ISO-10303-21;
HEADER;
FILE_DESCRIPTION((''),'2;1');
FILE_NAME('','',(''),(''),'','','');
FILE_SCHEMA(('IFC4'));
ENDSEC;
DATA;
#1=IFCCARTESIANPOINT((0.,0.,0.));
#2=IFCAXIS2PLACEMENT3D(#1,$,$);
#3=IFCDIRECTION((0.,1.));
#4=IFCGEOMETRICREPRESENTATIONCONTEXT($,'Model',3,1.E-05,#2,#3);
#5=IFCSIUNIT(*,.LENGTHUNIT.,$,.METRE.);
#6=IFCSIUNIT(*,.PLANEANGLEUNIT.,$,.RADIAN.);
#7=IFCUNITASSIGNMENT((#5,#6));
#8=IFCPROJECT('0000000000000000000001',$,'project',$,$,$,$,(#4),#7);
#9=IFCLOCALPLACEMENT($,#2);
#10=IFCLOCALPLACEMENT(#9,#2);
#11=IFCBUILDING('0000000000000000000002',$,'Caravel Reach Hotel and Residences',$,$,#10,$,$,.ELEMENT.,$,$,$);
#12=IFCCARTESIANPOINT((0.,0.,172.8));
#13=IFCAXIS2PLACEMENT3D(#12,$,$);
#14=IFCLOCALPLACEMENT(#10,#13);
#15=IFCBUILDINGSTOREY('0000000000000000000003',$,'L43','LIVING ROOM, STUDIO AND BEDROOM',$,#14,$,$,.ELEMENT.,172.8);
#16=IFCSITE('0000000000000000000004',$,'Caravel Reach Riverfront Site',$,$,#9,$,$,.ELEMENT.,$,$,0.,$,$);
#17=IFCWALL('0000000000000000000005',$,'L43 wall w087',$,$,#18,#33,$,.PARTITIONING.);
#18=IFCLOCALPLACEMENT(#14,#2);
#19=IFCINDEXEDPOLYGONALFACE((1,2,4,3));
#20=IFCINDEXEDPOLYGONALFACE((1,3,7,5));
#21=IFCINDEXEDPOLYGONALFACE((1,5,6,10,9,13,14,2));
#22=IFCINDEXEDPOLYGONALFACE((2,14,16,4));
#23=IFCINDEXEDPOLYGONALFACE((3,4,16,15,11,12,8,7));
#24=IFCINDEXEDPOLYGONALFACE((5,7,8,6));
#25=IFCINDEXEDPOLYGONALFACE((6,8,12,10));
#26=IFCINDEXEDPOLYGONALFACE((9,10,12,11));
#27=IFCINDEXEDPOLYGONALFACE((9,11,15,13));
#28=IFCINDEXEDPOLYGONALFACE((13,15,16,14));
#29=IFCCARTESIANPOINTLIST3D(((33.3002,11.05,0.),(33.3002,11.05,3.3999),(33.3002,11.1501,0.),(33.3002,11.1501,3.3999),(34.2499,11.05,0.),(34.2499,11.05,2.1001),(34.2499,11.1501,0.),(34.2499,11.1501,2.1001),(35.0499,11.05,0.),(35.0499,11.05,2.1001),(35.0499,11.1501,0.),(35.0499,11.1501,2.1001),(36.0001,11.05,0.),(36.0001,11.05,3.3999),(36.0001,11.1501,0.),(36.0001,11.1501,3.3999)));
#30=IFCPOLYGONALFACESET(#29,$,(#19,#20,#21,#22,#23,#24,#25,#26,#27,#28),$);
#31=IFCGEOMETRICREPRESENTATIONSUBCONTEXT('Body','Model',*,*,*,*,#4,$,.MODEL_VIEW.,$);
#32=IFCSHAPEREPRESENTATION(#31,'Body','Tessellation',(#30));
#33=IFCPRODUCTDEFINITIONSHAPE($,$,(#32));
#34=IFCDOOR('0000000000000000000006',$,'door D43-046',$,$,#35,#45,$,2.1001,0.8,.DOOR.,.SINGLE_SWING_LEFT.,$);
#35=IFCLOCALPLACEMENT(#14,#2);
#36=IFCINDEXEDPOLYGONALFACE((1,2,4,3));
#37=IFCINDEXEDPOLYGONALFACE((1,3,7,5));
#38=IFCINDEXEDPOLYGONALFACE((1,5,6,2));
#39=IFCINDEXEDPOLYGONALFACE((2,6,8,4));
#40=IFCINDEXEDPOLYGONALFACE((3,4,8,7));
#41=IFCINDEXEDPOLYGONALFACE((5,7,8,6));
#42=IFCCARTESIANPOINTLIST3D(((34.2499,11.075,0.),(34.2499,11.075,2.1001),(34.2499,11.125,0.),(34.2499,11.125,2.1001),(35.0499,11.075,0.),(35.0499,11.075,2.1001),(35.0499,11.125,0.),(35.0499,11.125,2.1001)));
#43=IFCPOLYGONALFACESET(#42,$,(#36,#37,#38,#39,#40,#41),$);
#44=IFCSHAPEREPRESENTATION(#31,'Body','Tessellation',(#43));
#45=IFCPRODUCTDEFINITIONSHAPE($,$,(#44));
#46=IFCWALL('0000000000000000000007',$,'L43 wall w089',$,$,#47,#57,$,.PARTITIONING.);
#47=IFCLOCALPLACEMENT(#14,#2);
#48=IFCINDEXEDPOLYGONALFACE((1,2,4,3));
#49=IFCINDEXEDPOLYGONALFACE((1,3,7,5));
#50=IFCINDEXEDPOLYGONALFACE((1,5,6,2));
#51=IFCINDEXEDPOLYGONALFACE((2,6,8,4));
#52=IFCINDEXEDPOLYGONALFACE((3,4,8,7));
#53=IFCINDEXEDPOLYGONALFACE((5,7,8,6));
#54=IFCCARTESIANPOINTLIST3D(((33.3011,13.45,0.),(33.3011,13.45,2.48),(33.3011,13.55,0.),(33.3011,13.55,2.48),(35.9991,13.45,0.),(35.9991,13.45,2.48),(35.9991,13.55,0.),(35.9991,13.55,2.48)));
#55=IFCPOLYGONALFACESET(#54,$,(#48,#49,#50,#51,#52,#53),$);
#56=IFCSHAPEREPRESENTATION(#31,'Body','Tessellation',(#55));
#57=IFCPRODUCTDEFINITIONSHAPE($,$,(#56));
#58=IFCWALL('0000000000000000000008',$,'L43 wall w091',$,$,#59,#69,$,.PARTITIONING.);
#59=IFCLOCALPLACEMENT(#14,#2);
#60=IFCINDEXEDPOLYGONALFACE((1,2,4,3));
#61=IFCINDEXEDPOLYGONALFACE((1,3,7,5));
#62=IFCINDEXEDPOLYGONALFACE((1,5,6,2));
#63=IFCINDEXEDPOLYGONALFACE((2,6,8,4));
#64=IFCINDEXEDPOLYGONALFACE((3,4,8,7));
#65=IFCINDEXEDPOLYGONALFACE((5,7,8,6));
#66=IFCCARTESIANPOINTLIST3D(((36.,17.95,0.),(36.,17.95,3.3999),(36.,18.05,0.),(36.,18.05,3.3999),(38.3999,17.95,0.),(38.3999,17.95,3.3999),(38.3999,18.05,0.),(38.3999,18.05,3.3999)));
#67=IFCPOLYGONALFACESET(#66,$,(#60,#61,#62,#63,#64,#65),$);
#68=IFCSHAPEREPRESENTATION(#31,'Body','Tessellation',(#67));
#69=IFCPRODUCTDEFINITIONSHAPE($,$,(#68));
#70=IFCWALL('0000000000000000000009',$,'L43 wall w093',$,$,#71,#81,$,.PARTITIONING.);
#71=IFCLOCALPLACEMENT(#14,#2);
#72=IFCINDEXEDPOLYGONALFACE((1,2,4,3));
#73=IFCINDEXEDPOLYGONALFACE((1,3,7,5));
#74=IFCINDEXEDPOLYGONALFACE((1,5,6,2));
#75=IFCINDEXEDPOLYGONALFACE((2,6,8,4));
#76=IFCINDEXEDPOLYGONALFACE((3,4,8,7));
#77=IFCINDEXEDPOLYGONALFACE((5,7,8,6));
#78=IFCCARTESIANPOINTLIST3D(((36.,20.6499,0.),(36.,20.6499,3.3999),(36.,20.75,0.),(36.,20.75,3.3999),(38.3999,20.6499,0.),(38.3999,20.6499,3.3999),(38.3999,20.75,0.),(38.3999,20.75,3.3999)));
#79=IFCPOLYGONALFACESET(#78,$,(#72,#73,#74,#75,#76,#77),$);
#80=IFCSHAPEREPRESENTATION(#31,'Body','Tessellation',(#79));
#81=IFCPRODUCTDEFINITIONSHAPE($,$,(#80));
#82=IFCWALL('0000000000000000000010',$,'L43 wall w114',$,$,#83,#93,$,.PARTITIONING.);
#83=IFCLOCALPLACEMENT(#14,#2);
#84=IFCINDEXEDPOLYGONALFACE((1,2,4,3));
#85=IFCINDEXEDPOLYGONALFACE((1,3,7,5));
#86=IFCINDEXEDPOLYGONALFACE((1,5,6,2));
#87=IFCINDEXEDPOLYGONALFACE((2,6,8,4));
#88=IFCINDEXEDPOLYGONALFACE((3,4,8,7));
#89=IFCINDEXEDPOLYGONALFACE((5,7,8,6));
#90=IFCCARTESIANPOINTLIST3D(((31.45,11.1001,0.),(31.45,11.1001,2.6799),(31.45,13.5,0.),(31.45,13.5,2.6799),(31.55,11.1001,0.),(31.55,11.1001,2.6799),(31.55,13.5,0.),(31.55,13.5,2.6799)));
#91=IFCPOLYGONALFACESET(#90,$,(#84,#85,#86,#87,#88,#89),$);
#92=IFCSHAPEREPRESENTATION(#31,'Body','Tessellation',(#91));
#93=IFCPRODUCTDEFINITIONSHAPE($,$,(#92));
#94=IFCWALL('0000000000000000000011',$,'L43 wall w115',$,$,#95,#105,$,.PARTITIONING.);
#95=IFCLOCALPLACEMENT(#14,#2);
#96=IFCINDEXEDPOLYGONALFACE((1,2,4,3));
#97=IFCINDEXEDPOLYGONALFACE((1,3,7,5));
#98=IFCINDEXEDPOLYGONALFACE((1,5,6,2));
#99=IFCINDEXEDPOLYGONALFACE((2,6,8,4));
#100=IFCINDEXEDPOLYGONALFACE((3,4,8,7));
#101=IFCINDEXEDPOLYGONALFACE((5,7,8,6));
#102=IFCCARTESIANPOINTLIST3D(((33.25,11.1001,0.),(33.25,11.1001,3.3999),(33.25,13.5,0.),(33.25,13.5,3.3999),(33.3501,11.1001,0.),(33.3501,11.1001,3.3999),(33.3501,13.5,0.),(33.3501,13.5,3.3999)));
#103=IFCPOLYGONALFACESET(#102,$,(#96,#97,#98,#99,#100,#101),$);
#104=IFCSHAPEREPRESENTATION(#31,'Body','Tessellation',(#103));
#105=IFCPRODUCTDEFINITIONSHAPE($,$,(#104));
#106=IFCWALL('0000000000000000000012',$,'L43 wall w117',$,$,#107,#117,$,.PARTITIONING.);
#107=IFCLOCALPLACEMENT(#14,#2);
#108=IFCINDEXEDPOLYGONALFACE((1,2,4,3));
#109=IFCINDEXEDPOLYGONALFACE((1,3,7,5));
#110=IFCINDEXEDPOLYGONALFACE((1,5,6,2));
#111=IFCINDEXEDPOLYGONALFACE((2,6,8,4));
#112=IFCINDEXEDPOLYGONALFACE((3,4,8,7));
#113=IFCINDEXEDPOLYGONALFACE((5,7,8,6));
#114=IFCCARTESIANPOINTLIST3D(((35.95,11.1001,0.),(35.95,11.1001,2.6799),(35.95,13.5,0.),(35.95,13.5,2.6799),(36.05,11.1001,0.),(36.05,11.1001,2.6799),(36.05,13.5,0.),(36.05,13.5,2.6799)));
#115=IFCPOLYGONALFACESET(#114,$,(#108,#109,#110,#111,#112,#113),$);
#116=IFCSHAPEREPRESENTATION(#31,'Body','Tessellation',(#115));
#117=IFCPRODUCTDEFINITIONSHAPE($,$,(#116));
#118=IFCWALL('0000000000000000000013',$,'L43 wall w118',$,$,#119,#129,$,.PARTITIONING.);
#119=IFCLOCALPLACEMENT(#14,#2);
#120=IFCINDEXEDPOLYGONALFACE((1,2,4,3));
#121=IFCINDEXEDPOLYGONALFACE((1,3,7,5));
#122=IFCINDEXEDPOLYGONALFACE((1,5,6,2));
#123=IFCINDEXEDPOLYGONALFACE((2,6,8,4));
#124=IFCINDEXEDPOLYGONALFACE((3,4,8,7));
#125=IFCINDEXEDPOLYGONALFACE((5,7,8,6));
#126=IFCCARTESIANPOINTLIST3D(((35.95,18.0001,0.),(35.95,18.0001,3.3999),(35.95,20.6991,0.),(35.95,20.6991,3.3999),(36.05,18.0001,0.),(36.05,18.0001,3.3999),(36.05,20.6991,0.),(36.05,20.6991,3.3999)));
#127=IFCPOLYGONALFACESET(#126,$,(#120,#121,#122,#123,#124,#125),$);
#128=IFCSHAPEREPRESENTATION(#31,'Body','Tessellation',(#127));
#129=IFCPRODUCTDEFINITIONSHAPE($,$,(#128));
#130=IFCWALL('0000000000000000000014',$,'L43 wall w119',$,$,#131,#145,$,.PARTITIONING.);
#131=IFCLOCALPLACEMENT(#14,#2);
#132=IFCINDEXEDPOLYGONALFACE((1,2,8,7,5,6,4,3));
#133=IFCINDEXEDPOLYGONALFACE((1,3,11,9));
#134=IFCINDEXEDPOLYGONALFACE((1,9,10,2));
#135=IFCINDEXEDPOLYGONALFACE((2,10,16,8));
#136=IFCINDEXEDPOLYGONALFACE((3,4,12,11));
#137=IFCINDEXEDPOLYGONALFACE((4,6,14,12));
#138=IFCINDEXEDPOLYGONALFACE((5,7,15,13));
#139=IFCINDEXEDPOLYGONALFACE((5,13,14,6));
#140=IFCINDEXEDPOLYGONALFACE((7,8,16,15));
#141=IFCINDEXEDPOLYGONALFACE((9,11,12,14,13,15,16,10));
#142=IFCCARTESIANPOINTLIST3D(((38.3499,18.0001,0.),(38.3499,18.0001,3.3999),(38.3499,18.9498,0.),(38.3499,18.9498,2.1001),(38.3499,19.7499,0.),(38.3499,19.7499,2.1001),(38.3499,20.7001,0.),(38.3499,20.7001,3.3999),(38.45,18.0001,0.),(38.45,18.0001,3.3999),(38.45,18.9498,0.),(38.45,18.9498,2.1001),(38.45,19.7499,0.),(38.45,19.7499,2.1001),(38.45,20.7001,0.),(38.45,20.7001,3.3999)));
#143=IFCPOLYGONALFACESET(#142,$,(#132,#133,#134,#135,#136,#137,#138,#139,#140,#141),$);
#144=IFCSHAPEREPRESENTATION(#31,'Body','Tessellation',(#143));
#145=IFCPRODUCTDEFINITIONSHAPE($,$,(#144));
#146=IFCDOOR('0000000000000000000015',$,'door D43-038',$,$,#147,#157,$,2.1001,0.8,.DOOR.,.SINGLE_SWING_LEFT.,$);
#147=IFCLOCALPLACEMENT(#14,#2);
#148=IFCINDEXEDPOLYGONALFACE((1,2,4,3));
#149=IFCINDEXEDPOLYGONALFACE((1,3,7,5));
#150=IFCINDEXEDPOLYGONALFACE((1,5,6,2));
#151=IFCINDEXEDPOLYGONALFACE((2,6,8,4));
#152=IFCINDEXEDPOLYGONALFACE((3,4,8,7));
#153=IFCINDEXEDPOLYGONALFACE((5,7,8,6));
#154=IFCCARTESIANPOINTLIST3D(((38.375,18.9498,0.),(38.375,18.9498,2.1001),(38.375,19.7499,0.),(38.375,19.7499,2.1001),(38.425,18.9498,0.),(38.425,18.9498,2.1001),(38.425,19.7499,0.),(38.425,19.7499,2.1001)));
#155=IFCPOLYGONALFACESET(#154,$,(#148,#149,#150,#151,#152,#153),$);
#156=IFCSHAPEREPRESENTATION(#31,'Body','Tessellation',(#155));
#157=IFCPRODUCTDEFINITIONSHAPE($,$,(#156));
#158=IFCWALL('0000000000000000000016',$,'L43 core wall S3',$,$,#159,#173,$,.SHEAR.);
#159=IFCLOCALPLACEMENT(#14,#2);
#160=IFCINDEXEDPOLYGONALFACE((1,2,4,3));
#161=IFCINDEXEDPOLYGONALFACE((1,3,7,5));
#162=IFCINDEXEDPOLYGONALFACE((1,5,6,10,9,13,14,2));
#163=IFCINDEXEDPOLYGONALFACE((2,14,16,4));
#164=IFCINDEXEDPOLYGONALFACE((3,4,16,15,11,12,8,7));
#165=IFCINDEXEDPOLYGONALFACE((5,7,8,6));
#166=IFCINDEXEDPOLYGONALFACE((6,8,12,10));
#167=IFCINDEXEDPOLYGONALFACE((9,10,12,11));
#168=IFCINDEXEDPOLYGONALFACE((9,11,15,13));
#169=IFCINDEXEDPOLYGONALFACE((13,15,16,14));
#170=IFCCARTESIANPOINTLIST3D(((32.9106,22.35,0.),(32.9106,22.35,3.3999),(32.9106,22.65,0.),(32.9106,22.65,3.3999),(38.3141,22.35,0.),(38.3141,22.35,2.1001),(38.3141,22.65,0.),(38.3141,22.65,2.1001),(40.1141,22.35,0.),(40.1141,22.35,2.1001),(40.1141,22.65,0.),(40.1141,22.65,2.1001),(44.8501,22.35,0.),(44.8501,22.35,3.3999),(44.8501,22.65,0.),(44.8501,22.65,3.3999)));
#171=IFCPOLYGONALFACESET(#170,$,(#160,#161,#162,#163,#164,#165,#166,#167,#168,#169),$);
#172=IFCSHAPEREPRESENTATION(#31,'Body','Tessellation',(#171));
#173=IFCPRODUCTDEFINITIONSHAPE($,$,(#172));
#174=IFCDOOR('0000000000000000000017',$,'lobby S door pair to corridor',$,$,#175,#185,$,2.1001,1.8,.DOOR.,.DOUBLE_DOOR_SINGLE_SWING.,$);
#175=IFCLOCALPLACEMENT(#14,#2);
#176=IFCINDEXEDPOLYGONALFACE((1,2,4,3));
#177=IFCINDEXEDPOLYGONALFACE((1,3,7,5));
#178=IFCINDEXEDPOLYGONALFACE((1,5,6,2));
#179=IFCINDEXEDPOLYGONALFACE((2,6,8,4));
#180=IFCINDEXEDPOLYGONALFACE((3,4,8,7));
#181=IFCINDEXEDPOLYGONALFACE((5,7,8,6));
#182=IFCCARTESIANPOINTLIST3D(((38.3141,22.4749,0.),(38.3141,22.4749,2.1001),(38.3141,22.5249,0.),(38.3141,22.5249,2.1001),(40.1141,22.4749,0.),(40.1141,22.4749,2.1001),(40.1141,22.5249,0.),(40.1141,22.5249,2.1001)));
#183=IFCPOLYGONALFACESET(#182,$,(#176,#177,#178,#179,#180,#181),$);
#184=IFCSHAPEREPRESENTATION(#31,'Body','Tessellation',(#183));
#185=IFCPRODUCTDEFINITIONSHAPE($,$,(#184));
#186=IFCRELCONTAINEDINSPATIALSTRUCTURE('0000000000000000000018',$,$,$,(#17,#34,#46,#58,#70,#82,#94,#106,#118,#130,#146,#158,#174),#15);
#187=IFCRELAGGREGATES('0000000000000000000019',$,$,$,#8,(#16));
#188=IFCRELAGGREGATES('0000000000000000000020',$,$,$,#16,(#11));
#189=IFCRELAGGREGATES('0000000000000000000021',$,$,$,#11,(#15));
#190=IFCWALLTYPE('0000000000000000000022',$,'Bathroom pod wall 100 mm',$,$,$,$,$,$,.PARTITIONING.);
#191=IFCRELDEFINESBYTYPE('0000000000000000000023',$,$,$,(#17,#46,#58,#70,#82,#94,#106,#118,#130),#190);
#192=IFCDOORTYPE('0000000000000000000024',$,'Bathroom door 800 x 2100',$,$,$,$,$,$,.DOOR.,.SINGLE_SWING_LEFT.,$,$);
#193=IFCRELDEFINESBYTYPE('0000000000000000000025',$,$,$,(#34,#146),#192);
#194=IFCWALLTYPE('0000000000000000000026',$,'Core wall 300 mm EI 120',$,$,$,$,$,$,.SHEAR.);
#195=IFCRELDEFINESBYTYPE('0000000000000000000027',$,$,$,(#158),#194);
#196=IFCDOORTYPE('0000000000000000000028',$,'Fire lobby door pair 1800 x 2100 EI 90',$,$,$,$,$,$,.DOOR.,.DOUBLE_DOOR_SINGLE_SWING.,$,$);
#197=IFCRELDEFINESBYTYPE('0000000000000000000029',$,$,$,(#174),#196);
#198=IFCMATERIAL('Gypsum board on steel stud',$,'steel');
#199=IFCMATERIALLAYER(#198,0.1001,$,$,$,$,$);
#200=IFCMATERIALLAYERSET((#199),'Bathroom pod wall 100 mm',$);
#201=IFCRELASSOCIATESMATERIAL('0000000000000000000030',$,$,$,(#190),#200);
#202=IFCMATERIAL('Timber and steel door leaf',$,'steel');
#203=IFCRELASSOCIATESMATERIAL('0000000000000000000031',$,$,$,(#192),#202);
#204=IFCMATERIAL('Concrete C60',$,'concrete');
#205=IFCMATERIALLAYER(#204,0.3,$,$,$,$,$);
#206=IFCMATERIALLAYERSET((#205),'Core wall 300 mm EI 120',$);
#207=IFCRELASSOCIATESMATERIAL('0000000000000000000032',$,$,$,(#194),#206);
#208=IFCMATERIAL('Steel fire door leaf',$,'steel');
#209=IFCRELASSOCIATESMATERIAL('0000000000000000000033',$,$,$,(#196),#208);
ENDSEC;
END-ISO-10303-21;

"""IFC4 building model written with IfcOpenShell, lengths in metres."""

from ifc_helpers import new_model, si_unit, direction, frame, frame_2d, origin, place, context, subcontext, project, spatial, rectangle, extrude, material, layer, layer_set, type_object, element, fill, save


model = new_model("IFC4")

# Units and contexts
model_context = context("Model", 3, precision=1e-05, world=origin(), true_north=direction((0.0, 1.0)))
body_context = subcontext(model_context, "Body", "Model", "MODEL_VIEW")
ifc_project = project(units=[si_unit("LENGTHUNIT", "METRE"), si_unit("PLANEANGLEUNIT", "RADIAN")], contexts=[model_context])

# Site, building, storey
site_placement = place(None, origin())
site = spatial("IfcSite", under=ifc_project, at=site_placement, Name="Caravel Reach Riverfront Site", CompositionType="ELEMENT", RefElevation=0.0)
building_placement = place(site_placement, origin())
building = spatial("IfcBuilding", under=site, at=building_placement, Name="Caravel Reach Hotel and Residences", CompositionType="ELEMENT")
storey_placement = place(building_placement, frame((0.0, 0.0, 172.8)))
storey = spatial("IfcBuildingStorey", under=building, at=storey_placement, Name="L43", Description="LIVING ROOM, STUDIO AND BEDROOM", CompositionType="ELEMENT", Elevation=172.8)

# Wall, opening, door
ifc_material_1 = material(Name="Gypsum board on steel stud", Category="steel")
ifc_layer_1 = layer(ifc_material_1, 0.1001)
ifc_layer_set_1 = layer_set([ifc_layer_1], Name="Bathroom pod wall 100 mm")
wall_type_1 = type_object("IfcWallType", Name="Bathroom pod wall 100 mm", PredefinedType="PARTITIONING", material=ifc_layer_set_1)
wall_1_placement = place(storey_placement, frame((33.3, 11.1001, 0.0), z_axis=(0.0, 0.0, 1.0), x_axis=(1.0, 0.0, 0.0)))
wall_1 = element("IfcWall", 1, at=wall_1_placement, inside=storey, type_object=wall_type_1, Name="L43 wall w087", PredefinedType="PARTITIONING", context=body_context, shape_type="SweptSolid", body=[
    extrude(rectangle(XDim=2.7, YDim=0.1001, at=frame_2d((1.3501, 0.0))), origin(), (0.0, 0.0, 1.0), 3.3999),
])
opening_1_placement = place(wall_1_placement, frame((0.95, 0.0, 0.0)))
opening_1 = element("IfcOpeningElement", 2, at=opening_1_placement, cuts=wall_1, PredefinedType="OPENING", context=body_context, shape_type="SweptSolid", body=[
    extrude(rectangle(XDim=0.8, YDim=2.1001, at=frame_2d((0.3999, 1.05))), frame((0.0, 0.0601, 0.0), z_axis=(0.0, -1.0, 0.0), x_axis=(1.0, 0.0, 0.0)), (0.0, 0.0, 1.0), 0.1201),
])
ifc_material_2 = material(Name="Timber and steel door leaf", Category="steel")
door_type_1 = type_object("IfcDoorType", Name="Bathroom door 800 x 2100", OperationType="SINGLE_SWING_LEFT", PredefinedType="DOOR", material=ifc_material_2)
door_1_placement = place(opening_1_placement, origin())
door_1 = element("IfcDoor", 3, at=door_1_placement, inside=storey, type_object=door_type_1, Name="door D43-046", OperationType="SINGLE_SWING_LEFT", OverallHeight=2.1001, OverallWidth=0.8, PredefinedType="DOOR", context=body_context, shape_type="SweptSolid", body=[
    extrude(rectangle(XDim=0.8, YDim=2.1001, at=frame_2d((0.3999, 1.05))), frame((0.0, 0.0249, 0.0), z_axis=(0.0, -1.0, 0.0), x_axis=(1.0, 0.0, 0.0)), (0.0, 0.0, 1.0), 0.05),
])
fill(opening_1, door_1)

# Walls
wall_2_placement = place(storey_placement, frame((33.301, 13.5, 0.0), z_axis=(0.0, 0.0, 1.0), x_axis=(1.0, 0.0, 0.0)))
element("IfcWall", 4, at=wall_2_placement, inside=storey, type_object=wall_type_1, Name="L43 wall w089", PredefinedType="PARTITIONING", context=body_context, shape_type="SweptSolid", body=[
    extrude(rectangle(XDim=2.698, YDim=0.1001, at=frame_2d((1.3491, 0.0))), origin(), (0.0, 0.0, 1.0), 2.48),
])
for number, where, z_axis, x_axis, name in (
    (5, (36.0, 18.0, 0.0), (0.0, 0.0, 1.0), (1.0, 0.0, 0.0), "L43 wall w091"),
    (6, (36.0, 20.7, 0.0), (0.0, 0.0, 1.0), (1.0, 0.0, 0.0), "L43 wall w093"),
):
    element("IfcWall", number, at=place(storey_placement, frame(where, z_axis=z_axis, x_axis=x_axis)), inside=storey, type_object=wall_type_1, Name=name, PredefinedType="PARTITIONING", context=body_context, shape_type="SweptSolid", body=[
        extrude(rectangle(XDim=2.3999, YDim=0.1001, at=frame_2d((1.2, 0.0))), origin(), (0.0, 0.0, 1.0), 3.3999),
    ])
wall_3_placement = place(storey_placement, frame((31.5, 11.1001, 0.0), z_axis=(0.0, 0.0, 1.0), x_axis=(0.0, 1.0, 0.0)))
element("IfcWall", 7, at=wall_3_placement, inside=storey, type_object=wall_type_1, Name="L43 wall w114", PredefinedType="PARTITIONING", context=body_context, shape_type="SweptSolid", body=[
    extrude(rectangle(XDim=2.3999, YDim=0.1001, at=frame_2d((1.2, 0.0))), origin(), (0.0, 0.0, 1.0), 2.6799),
])
wall_4_placement = place(storey_placement, frame((33.3, 11.1001, 0.0), z_axis=(0.0, 0.0, 1.0), x_axis=(0.0, 1.0, 0.0)))
element("IfcWall", 8, at=wall_4_placement, inside=storey, type_object=wall_type_1, Name="L43 wall w115", PredefinedType="PARTITIONING", context=body_context, shape_type="SweptSolid", body=[
    extrude(rectangle(XDim=2.3999, YDim=0.1001, at=frame_2d((1.2, 0.0))), origin(), (0.0, 0.0, 1.0), 3.3999),
])
wall_5_placement = place(storey_placement, frame((36.0, 11.1001, 0.0), z_axis=(0.0, 0.0, 1.0), x_axis=(0.0, 1.0, 0.0)))
element("IfcWall", 9, at=wall_5_placement, inside=storey, type_object=wall_type_1, Name="L43 wall w117", PredefinedType="PARTITIONING", context=body_context, shape_type="SweptSolid", body=[
    extrude(rectangle(XDim=2.3999, YDim=0.1001, at=frame_2d((1.2, 0.0))), origin(), (0.0, 0.0, 1.0), 2.6799),
])
wall_6_placement = place(storey_placement, frame((36.0, 18.0, 0.0), z_axis=(0.0, 0.0, 1.0), x_axis=(0.0, 1.0, 0.0)))
element("IfcWall", 10, at=wall_6_placement, inside=storey, type_object=wall_type_1, Name="L43 wall w118", PredefinedType="PARTITIONING", context=body_context, shape_type="SweptSolid", body=[
    extrude(rectangle(XDim=2.699, YDim=0.1001, at=frame_2d((1.3496, 0.0))), origin(), (0.0, 0.0, 1.0), 3.3999),
])

# Walls, openings, doors
wall_7_placement = place(storey_placement, frame((38.3999, 18.0, 0.0), z_axis=(0.0, 0.0, 1.0), x_axis=(0.0, 1.0, 0.0)))
wall_7 = element("IfcWall", 11, at=wall_7_placement, inside=storey, type_object=wall_type_1, Name="L43 wall w119", PredefinedType="PARTITIONING", context=body_context, shape_type="SweptSolid", body=[
    extrude(rectangle(XDim=2.7, YDim=0.1001, at=frame_2d((1.3501, 0.0))), origin(), (0.0, 0.0, 1.0), 3.3999),
])
opening_2_placement = place(wall_7_placement, frame((0.95, 0.0, 0.0)))
opening_2 = element("IfcOpeningElement", 12, at=opening_2_placement, cuts=wall_7, PredefinedType="OPENING", context=body_context, shape_type="SweptSolid", body=[
    extrude(rectangle(XDim=0.8, YDim=2.1001, at=frame_2d((0.3999, 1.05))), frame((0.0, 0.0601, 0.0), z_axis=(0.0, -1.0, 0.0), x_axis=(1.0, 0.0, 0.0)), (0.0, 0.0, 1.0), 0.1201),
])
door_2_placement = place(opening_2_placement, origin())
door_2 = element("IfcDoor", 13, at=door_2_placement, inside=storey, type_object=door_type_1, Name="door D43-038", OperationType="SINGLE_SWING_LEFT", OverallHeight=2.1001, OverallWidth=0.8, PredefinedType="DOOR", context=body_context, shape_type="SweptSolid", body=[
    extrude(rectangle(XDim=0.8, YDim=2.1001, at=frame_2d((0.3999, 1.05))), frame((0.0, 0.0249, 0.0), z_axis=(0.0, -1.0, 0.0), x_axis=(1.0, 0.0, 0.0)), (0.0, 0.0, 1.0), 0.05),
])
fill(opening_2, door_2)
ifc_material_3 = material(Name="Concrete C60", Category="concrete")
ifc_layer_2 = layer(ifc_material_3, 0.3)
ifc_layer_set_2 = layer_set([ifc_layer_2], Name="Core wall 300 mm EI 120")
wall_type_2 = type_object("IfcWallType", Name="Core wall 300 mm EI 120", PredefinedType="SHEAR", material=ifc_layer_set_2)
wall_8_placement = place(storey_placement, frame((32.9106, 22.5, 0.0), z_axis=(0.0, 0.0, 1.0), x_axis=(1.0, 0.0, 0.0)))
wall_8 = element("IfcWall", 14, at=wall_8_placement, inside=storey, type_object=wall_type_2, Name="L43 core wall S3", PredefinedType="SHEAR", context=body_context, shape_type="SweptSolid", body=[
    extrude(rectangle(XDim=11.9395, YDim=0.3, at=frame_2d((5.9697, 0.0))), origin(), (0.0, 0.0, 1.0), 3.3999),
])
opening_3_placement = place(wall_8_placement, frame((5.4036, 0.0, 0.0)))
opening_3 = element("IfcOpeningElement", 15, at=opening_3_placement, cuts=wall_8, PredefinedType="OPENING", context=body_context, shape_type="SweptSolid", body=[
    extrude(rectangle(XDim=1.8, YDim=2.1001, at=frame_2d((0.8999, 1.05))), frame((0.0, 0.1599, 0.0), z_axis=(0.0, -1.0, 0.0), x_axis=(1.0, 0.0, 0.0)), (0.0, 0.0, 1.0), 0.3201),
])
ifc_material_4 = material(Name="Steel fire door leaf", Category="steel")
door_type_2 = type_object("IfcDoorType", Name="Fire lobby door pair 1800 x 2100 EI 90", OperationType="DOUBLE_DOOR_SINGLE_SWING", PredefinedType="DOOR", material=ifc_material_4)
door_3_placement = place(opening_3_placement, origin())
door_3 = element("IfcDoor", 16, at=door_3_placement, inside=storey, type_object=door_type_2, Name="lobby S door pair to corridor", OperationType="DOUBLE_DOOR_SINGLE_SWING", OverallHeight=2.1001, OverallWidth=1.8, PredefinedType="DOOR", context=body_context, shape_type="SweptSolid", body=[
    extrude(rectangle(XDim=1.8, YDim=2.1001, at=frame_2d((0.8999, 1.05))), frame((0.0, 0.0249, 0.0), z_axis=(0.0, -1.0, 0.0), x_axis=(1.0, 0.0, 0.0)), (0.0, 0.0, 1.0), 0.05),
])
fill(opening_3, door_3)

save(model, "model.ifc")
